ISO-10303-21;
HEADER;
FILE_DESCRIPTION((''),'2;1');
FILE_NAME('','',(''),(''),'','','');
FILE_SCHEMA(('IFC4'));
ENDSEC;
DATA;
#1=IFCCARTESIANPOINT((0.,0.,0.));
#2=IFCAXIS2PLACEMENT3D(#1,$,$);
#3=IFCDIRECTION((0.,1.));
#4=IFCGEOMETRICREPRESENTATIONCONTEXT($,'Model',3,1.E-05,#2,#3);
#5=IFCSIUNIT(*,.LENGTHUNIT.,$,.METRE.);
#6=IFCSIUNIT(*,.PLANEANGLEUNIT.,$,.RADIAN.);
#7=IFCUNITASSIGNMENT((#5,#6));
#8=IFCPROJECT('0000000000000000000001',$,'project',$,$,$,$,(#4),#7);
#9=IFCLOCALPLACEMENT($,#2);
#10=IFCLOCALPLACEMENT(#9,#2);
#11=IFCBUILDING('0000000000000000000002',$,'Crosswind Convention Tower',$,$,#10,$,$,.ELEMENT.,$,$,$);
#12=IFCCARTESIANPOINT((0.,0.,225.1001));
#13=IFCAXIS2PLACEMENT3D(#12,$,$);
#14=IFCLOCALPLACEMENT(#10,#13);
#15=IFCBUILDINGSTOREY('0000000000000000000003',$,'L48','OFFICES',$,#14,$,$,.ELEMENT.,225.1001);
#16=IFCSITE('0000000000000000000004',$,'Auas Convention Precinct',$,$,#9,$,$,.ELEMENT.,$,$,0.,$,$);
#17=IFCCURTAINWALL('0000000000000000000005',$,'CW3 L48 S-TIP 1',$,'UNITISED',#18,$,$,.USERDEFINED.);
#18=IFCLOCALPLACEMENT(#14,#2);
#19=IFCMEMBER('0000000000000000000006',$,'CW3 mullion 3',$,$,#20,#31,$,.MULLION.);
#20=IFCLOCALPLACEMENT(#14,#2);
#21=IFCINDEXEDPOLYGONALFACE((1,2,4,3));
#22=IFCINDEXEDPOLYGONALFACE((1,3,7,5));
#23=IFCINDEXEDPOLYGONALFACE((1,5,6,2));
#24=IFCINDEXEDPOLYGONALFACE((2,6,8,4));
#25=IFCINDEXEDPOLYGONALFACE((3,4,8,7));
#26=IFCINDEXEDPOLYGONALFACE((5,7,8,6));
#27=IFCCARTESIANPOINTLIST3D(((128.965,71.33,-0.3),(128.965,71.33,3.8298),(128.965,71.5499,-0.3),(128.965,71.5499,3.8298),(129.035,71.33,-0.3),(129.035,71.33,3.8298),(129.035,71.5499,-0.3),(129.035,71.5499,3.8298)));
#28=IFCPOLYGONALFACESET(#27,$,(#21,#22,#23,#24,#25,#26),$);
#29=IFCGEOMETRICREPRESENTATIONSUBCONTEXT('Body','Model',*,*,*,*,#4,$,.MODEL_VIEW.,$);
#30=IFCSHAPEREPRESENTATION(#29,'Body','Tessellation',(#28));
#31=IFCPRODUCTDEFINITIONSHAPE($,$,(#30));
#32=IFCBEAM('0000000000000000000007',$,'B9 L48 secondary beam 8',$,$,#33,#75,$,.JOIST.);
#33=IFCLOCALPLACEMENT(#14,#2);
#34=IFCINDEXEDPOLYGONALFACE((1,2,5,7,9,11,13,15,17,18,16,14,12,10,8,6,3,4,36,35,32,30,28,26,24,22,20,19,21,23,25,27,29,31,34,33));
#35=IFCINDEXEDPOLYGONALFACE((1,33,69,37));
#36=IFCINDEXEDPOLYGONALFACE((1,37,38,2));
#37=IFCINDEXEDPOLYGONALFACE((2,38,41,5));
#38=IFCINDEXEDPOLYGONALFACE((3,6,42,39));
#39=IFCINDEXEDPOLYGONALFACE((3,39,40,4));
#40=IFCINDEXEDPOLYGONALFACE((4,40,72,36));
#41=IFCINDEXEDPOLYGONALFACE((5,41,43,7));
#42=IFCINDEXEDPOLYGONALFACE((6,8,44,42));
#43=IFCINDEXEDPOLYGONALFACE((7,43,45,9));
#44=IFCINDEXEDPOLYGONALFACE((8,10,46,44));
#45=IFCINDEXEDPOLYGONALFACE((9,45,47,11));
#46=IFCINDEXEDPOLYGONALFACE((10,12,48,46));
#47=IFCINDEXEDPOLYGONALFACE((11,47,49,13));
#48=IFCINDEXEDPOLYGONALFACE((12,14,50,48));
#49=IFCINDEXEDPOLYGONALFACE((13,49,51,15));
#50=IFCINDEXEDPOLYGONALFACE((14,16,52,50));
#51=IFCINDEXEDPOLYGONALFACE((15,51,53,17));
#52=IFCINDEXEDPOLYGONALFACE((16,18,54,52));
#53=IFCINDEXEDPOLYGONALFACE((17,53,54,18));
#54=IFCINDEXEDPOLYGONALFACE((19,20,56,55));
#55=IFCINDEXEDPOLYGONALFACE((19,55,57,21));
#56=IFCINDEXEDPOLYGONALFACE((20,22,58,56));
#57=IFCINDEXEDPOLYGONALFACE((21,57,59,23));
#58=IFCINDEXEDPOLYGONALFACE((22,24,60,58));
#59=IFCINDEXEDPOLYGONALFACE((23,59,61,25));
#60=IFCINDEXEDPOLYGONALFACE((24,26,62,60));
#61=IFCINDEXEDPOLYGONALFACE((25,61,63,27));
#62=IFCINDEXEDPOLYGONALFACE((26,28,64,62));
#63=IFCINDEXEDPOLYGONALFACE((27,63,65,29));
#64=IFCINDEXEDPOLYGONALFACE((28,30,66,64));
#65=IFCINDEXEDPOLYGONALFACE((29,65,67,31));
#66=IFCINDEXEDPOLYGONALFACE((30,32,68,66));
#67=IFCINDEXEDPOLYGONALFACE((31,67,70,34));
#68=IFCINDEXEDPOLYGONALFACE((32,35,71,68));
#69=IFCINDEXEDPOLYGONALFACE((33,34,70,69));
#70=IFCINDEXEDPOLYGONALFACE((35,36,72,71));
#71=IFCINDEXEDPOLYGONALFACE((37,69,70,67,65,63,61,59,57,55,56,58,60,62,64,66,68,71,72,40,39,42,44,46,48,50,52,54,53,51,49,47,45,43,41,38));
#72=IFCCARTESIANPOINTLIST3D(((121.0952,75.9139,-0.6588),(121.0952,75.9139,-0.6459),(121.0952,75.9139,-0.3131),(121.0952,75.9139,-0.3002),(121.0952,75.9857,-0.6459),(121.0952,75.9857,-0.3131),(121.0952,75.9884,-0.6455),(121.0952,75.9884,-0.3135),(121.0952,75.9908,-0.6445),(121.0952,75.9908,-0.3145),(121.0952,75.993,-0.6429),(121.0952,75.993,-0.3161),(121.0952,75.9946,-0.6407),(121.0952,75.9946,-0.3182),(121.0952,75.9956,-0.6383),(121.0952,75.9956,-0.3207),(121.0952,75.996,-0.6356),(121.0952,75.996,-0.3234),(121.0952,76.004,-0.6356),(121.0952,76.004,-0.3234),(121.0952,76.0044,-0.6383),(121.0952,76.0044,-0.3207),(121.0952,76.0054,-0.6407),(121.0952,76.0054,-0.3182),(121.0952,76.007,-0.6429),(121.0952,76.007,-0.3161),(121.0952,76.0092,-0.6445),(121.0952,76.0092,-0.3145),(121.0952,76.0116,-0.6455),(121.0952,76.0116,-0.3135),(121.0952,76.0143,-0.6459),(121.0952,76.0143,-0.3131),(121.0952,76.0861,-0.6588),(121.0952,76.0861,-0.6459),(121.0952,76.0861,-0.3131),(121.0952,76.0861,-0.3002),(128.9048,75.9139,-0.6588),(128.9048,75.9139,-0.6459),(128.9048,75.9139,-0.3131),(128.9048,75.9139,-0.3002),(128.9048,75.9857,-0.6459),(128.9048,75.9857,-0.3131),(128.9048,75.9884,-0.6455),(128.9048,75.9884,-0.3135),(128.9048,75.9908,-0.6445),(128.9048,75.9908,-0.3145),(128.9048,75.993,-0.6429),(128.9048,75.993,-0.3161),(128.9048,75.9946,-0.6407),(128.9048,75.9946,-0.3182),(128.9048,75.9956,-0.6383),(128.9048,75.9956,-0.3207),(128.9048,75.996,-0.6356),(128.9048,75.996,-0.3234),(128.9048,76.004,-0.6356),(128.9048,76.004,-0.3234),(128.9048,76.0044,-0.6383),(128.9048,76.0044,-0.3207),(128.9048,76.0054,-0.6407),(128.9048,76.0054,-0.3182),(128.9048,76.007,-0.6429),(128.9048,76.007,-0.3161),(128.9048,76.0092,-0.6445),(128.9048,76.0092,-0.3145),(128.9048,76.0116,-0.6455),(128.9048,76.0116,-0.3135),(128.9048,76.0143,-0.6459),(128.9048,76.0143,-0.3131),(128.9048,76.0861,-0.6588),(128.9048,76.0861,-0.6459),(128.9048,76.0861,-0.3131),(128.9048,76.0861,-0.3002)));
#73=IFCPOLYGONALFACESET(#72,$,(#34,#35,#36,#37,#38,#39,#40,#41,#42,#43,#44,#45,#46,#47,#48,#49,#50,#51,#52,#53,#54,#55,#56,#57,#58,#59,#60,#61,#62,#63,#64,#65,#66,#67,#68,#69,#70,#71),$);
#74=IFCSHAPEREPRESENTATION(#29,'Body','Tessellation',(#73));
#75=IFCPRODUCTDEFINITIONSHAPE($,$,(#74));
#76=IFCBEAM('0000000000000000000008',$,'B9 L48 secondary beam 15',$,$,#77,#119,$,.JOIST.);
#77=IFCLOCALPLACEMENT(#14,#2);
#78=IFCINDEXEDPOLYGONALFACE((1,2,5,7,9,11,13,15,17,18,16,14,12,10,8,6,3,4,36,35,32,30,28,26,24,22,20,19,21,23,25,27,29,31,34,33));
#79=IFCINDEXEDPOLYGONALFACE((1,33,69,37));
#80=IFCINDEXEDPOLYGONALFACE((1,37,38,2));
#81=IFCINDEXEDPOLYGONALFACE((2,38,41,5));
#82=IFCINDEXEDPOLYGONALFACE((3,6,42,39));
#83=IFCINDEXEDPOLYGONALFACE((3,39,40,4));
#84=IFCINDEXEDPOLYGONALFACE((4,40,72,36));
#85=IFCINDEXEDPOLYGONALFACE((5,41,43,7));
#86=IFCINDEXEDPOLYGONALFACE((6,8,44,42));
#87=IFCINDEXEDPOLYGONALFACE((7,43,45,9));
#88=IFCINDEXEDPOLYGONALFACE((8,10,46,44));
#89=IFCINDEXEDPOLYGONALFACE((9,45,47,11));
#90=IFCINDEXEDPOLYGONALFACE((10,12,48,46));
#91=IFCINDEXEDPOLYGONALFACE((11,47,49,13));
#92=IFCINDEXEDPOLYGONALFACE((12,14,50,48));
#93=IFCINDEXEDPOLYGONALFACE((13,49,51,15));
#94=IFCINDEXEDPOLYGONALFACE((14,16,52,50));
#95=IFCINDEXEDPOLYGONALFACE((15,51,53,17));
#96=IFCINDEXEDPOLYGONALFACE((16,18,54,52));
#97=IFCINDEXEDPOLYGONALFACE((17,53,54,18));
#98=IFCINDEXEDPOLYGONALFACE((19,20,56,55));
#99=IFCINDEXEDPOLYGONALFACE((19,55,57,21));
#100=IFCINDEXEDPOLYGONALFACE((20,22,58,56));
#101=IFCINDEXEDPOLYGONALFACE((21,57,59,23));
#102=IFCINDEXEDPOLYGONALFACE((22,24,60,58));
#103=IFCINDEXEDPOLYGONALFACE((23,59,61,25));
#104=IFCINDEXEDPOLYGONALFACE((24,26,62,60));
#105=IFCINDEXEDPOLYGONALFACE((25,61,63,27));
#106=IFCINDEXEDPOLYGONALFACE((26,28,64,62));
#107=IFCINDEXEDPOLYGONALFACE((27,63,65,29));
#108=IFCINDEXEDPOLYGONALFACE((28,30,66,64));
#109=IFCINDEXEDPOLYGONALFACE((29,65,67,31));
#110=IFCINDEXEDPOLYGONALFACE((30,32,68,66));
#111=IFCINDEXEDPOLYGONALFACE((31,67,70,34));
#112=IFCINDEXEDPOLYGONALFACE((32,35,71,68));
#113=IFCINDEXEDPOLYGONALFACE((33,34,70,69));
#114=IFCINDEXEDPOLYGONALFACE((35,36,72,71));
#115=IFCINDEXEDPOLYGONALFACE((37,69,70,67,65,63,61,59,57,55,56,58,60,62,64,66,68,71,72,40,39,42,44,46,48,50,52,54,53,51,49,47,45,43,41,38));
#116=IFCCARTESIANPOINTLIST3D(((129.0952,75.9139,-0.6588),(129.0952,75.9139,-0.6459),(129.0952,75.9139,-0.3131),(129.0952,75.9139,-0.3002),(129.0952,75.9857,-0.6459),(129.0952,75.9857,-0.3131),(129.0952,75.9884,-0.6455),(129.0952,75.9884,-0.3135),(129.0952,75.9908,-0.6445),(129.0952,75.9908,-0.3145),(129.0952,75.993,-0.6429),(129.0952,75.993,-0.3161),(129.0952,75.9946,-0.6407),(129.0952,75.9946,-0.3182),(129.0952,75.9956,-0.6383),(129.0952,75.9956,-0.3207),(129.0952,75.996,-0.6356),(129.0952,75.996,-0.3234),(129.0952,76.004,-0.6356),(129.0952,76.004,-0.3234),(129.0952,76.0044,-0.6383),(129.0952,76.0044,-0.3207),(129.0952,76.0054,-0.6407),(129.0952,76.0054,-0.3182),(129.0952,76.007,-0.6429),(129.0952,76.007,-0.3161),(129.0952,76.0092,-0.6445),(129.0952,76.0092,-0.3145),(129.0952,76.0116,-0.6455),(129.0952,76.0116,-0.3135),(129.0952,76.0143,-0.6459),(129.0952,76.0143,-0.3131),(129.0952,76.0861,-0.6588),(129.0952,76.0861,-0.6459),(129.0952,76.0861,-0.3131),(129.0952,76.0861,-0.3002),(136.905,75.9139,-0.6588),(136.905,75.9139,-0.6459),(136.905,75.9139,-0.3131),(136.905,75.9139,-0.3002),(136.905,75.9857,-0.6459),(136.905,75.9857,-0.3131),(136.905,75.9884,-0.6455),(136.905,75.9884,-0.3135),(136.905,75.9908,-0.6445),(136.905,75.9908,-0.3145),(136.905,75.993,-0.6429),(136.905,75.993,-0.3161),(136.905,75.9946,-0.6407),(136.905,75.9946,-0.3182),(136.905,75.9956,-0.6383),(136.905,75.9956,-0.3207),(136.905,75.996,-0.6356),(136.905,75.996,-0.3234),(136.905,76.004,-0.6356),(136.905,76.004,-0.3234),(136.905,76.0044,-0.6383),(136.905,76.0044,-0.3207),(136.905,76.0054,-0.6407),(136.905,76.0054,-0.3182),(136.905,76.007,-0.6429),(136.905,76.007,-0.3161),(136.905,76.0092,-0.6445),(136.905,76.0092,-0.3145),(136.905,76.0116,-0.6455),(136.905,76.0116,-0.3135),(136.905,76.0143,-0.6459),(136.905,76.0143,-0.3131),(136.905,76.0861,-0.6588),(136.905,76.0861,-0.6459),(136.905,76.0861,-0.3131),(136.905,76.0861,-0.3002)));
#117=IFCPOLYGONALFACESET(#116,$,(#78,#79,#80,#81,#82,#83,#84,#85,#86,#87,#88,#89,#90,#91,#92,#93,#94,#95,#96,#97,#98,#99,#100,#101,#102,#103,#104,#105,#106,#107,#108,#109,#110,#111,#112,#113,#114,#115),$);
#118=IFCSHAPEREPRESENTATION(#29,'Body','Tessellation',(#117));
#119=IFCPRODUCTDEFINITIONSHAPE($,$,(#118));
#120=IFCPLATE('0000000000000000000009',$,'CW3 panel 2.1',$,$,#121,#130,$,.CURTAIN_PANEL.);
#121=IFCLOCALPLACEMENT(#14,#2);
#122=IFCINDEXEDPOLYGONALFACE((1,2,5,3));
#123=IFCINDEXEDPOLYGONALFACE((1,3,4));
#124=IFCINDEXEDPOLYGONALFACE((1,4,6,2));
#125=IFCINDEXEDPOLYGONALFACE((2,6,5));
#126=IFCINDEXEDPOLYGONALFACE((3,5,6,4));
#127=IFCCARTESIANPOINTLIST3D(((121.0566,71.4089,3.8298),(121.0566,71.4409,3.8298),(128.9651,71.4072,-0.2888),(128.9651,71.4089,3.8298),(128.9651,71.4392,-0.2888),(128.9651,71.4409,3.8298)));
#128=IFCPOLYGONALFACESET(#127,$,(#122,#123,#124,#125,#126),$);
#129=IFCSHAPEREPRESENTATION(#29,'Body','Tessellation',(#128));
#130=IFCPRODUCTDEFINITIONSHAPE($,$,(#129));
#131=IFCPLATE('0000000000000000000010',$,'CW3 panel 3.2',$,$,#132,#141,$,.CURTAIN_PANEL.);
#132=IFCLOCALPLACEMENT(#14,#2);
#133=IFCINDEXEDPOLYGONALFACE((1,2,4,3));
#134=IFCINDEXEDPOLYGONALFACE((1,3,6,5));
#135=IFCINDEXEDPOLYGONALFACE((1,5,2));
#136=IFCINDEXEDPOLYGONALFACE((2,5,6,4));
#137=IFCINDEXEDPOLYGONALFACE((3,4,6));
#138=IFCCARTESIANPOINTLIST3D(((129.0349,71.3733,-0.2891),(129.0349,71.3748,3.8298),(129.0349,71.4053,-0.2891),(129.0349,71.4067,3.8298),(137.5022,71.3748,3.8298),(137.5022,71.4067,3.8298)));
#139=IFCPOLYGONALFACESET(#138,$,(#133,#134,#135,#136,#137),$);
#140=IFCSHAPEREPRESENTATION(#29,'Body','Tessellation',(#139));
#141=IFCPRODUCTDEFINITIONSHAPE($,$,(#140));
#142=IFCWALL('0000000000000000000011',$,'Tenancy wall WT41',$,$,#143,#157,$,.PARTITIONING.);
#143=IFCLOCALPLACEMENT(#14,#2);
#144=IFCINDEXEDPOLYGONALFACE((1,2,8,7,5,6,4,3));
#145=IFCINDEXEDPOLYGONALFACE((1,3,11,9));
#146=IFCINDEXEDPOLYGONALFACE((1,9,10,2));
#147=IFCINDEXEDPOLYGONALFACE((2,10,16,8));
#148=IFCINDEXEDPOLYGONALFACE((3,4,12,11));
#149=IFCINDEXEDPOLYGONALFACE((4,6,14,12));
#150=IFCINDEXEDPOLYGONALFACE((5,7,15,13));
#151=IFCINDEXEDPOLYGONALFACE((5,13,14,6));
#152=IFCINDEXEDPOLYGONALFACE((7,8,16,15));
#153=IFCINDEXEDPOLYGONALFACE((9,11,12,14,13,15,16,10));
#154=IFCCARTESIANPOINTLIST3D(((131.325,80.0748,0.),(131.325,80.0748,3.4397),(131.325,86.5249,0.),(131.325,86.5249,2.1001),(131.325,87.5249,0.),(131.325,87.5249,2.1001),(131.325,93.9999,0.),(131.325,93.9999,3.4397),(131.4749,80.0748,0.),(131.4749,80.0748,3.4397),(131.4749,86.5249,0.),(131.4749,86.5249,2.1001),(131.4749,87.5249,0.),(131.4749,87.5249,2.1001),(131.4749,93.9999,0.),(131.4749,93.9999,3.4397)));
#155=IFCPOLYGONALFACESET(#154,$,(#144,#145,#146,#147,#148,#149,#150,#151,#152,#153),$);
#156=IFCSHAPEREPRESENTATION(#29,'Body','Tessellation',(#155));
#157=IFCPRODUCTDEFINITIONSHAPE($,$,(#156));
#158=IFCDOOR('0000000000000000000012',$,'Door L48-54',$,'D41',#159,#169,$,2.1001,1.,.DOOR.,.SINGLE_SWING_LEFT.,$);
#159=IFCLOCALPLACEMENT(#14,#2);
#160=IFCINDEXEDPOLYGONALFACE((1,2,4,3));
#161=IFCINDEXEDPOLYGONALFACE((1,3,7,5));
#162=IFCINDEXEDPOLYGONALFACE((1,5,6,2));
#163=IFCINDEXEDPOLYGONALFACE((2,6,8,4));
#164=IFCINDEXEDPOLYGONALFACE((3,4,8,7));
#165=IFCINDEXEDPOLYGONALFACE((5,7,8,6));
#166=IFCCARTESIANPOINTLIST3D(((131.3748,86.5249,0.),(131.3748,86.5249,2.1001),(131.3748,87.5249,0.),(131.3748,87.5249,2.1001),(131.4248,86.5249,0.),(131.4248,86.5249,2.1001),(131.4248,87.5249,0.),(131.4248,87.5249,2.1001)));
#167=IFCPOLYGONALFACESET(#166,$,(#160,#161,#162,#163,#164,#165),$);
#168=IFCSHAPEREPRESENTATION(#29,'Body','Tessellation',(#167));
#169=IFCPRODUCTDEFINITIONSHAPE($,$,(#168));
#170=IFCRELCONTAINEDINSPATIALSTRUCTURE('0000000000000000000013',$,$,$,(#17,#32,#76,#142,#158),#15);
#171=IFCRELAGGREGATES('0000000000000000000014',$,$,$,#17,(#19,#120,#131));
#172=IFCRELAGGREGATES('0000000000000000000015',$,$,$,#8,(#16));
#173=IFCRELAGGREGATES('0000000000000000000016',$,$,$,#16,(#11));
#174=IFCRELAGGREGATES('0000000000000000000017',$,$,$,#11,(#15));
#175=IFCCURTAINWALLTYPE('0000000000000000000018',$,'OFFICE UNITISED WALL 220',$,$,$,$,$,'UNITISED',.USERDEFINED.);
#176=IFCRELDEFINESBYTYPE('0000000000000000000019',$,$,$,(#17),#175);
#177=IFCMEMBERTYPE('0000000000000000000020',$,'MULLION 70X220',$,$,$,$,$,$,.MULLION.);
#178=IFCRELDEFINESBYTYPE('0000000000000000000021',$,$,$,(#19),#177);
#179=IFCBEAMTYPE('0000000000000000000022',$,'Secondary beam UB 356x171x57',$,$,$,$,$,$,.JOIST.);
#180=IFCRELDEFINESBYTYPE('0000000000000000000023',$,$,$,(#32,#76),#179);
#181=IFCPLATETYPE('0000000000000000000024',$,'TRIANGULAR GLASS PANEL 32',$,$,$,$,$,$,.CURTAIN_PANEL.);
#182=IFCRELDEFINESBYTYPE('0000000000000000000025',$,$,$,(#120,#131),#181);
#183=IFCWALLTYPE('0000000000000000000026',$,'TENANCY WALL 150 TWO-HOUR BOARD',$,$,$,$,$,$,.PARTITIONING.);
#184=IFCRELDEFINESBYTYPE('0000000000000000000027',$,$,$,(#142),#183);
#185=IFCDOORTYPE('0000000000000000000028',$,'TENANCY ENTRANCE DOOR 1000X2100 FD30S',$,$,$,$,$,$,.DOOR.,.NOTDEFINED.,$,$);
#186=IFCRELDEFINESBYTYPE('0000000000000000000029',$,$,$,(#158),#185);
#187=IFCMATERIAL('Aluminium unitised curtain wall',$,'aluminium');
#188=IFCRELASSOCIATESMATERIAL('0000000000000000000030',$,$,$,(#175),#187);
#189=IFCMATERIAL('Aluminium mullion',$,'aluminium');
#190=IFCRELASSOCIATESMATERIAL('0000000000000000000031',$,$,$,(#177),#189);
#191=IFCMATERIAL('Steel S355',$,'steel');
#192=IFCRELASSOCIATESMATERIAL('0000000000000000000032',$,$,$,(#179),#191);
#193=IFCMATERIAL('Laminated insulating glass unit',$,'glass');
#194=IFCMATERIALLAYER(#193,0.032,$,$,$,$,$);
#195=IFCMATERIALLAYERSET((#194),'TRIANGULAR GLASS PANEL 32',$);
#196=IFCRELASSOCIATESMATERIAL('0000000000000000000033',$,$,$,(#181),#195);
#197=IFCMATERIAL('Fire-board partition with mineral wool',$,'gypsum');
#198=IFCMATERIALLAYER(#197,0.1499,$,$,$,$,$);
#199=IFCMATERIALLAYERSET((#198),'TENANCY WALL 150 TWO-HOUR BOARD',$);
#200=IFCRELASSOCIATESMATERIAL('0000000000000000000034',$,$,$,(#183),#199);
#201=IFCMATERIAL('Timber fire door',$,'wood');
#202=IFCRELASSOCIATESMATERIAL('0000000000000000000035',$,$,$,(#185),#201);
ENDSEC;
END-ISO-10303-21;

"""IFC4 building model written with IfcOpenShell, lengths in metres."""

from ifc_helpers import new_model, si_unit, direction, frame, frame_2d, origin, origin_2d, place, context, subcontext, project, spatial, polyline, rectangle, i_section, outline, extrude, material, layer, layer_set, material_profile, profile_set, type_object, element, fill, aggregate, save


model = new_model("IFC4")

# Units and contexts
model_context = context("Model", 3, precision=1e-05, world=origin(), true_north=direction((0.0, 1.0)))
body_context = subcontext(model_context, "Body", "Model", "MODEL_VIEW")
ifc_project = project(units=[si_unit("LENGTHUNIT", "METRE"), si_unit("PLANEANGLEUNIT", "RADIAN")], contexts=[model_context])

# Site, building, storey
site_placement = place(None, origin())
site = spatial("IfcSite", under=ifc_project, at=site_placement, Name="Auas Convention Precinct", CompositionType="ELEMENT", RefElevation=0.0)
building_placement = place(site_placement, origin())
building = spatial("IfcBuilding", under=site, at=building_placement, Name="Crosswind Convention Tower", CompositionType="ELEMENT")
storey_placement = place(building_placement, frame((0.0, 0.0, 225.1001)))
storey = spatial("IfcBuildingStorey", under=building, at=storey_placement, Name="L48", Description="OFFICES", CompositionType="ELEMENT", Elevation=225.1001)

# Shared definitions
ifc_material_1 = material(Name="Steel S355", Category="steel")

# Curtain wall, member
ifc_material_2 = material(Name="Aluminium unitised curtain wall", Category="aluminium")
curtain_wall_type = type_object("IfcCurtainWallType", Name="OFFICE UNITISED WALL 220", ElementType="UNITISED", PredefinedType="USERDEFINED", material=ifc_material_2)
curtain_wall_placement = place(storey_placement, origin())
curtain_wall = element("IfcCurtainWall", 1, at=curtain_wall_placement, inside=storey, type_object=curtain_wall_type, Name="CW3 L48 S-TIP 1", ObjectType="UNITISED", PredefinedType="USERDEFINED")
ifc_material_3 = material(Name="Aluminium mullion", Category="aluminium")
ifc_material_profile_1 = material_profile(ifc_material_3, rectangle(XDim=0.22, YDim=0.0701, at=origin_2d()), Name="AL 220X70")
ifc_profile_set_1 = profile_set([ifc_material_profile_1], Name="Aluminium mullion")
member_type = type_object("IfcMemberType", Name="MULLION 70X220", PredefinedType="MULLION", material=ifc_profile_set_1)
member_placement = place(storey_placement, frame((129.0, 71.4399, -0.3), z_axis=(0.0, 0.0, 1.0), x_axis=(0.0, -1.0, 0.0)))
member = element("IfcMember", 2, at=member_placement, type_object=member_type, Name="CW3 mullion 3", PredefinedType="MULLION", context=body_context, shape_type="SweptSolid", body=[
    extrude(rectangle(XDim=0.22, YDim=0.0701, at=origin_2d()), origin(), (0.0, 0.0, 1.0), 4.1299),
])

# Beams
ifc_material_profile_2 = material_profile(ifc_material_1, i_section(OverallWidth=0.1721, OverallDepth=0.3586, WebThickness=0.0081, FlangeThickness=0.0129, FilletRadius=0.0103, at=origin_2d()), Name="UB 356x171x57")
ifc_profile_set_2 = profile_set([ifc_material_profile_2], Name="Steel S355")
beam_type_1 = type_object("IfcBeamType", Name="Secondary beam UB 356x171x57", PredefinedType="JOIST", material=ifc_profile_set_2)
beam_1_placement = place(storey_placement, frame((121.0952, 76.0, -0.4795), z_axis=(1.0, 0.0, 0.0), x_axis=(0.0, 1.0, 0.0)))
element("IfcBeam", 3, at=beam_1_placement, inside=storey, type_object=beam_type_1, Name="B9 L48 secondary beam 8", PredefinedType="JOIST", context=body_context, shape_type="SweptSolid", body=[
    extrude(i_section(OverallWidth=0.1721, OverallDepth=0.3586, WebThickness=0.0081, FlangeThickness=0.0129, FilletRadius=0.0103, at=origin_2d()), origin(), (0.0, 0.0, 1.0), 7.8096),
])
beam_2_placement = place(storey_placement, frame((129.0952, 76.0, -0.4795), z_axis=(1.0, 0.0, 0.0), x_axis=(0.0, 1.0, 0.0)))
element("IfcBeam", 4, at=beam_2_placement, inside=storey, type_object=beam_type_1, Name="B9 L48 secondary beam 15", PredefinedType="JOIST", context=body_context, shape_type="SweptSolid", body=[
    extrude(i_section(OverallWidth=0.1721, OverallDepth=0.3586, WebThickness=0.0081, FlangeThickness=0.0129, FilletRadius=0.0103, at=origin_2d()), origin(), (0.0, 0.0, 1.0), 7.8098),
])

# Plates
ifc_material_4 = material(Name="Laminated insulating glass unit", Category="glass")
ifc_layer_1 = layer(ifc_material_4, 0.032)
ifc_layer_set_1 = layer_set([ifc_layer_1], Name="TRIANGULAR GLASS PANEL 32")
plate_type = type_object("IfcPlateType", Name="TRIANGULAR GLASS PANEL 32", PredefinedType="CURTAIN_PANEL", material=ifc_layer_set_1)
plate_1_placement = place(storey_placement, frame((128.9651, 71.4089, 3.8298), z_axis=(0.0, -1.0, 0.000415), x_axis=(-1.0, 0.0, 0.0)))
plate_1 = element("IfcPlate", 5, at=plate_1_placement, type_object=plate_type, Name="CW3 panel 2.1", PredefinedType="CURTAIN_PANEL", context=body_context, shape_type="SweptSolid", body=[
    extrude(outline(polyline([(0.0, 0.0), (7.9084, 0.0), (0.0, 4.1187), (0.0, 0.0)])), origin(), (0.0, 0.0, -1.0), 0.032),
])
plate_2_placement = place(storey_placement, frame((129.0349, 71.3748, 3.8298), z_axis=(0.0, -1.0, 0.000356), x_axis=(0.0, -0.000356, -1.0)))
plate_2 = element("IfcPlate", 6, at=plate_2_placement, type_object=plate_type, Name="CW3 panel 3.2", PredefinedType="CURTAIN_PANEL", context=body_context, shape_type="SweptSolid", body=[
    extrude(outline(polyline([(0.0, 0.0), (4.1189, 0.0), (0.0, 8.4673), (0.0, 0.0)])), origin(), (0.0, 0.0, -1.0), 0.032),
])
aggregate(curtain_wall, [member, plate_1, plate_2])

# Wall, opening, door
ifc_material_5 = material(Name="Fire-board partition with mineral wool", Category="gypsum")
ifc_layer_2 = layer(ifc_material_5, 0.1499)
ifc_layer_set_2 = layer_set([ifc_layer_2], Name="TENANCY WALL 150 TWO-HOUR BOARD")
wall_type = type_object("IfcWallType", Name="TENANCY WALL 150 TWO-HOUR BOARD", PredefinedType="PARTITIONING", material=ifc_layer_set_2)
wall_placement = place(storey_placement, frame((131.3999, 80.075, 0.0), z_axis=(0.0, 0.0, 1.0), x_axis=(0.0, 1.0, 0.0)))
wall = element("IfcWall", 7, at=wall_placement, inside=storey, type_object=wall_type, Name="Tenancy wall WT41", PredefinedType="PARTITIONING", context=body_context, shape_type="SweptSolid", body=[
    extrude(rectangle(XDim=13.925, YDim=0.1499, at=frame_2d((6.9624, 0.0))), origin(), (0.0, 0.0, 1.0), 3.4397),
])
opening_placement = place(wall_placement, frame((6.45, 0.0, 0.0)))
opening = element("IfcOpeningElement", 8, at=opening_placement, cuts=wall, PredefinedType="OPENING", context=body_context, shape_type="SweptSolid", body=[
    extrude(rectangle(XDim=1.0, YDim=2.1001, at=frame_2d((0.5, 1.05))), frame((0.0, 0.085, 0.0), z_axis=(0.0, -1.0, 0.0), x_axis=(1.0, 0.0, 0.0)), (0.0, 0.0, 1.0), 0.1699),
])
ifc_material_6 = material(Name="Timber fire door", Category="wood")
door_type = type_object("IfcDoorType", Name="TENANCY ENTRANCE DOOR 1000X2100 FD30S", OperationType="NOTDEFINED", PredefinedType="DOOR", material=ifc_material_6)
door_placement = place(opening_placement, frame((1.0, 0.0, 0.0), z_axis=(0.0, 0.0, 1.0), x_axis=(-1.0, 0.0, 0.0)))
door = element("IfcDoor", 9, at=door_placement, inside=storey, type_object=door_type, Name="Door L48-54", ObjectType="D41", OperationType="SINGLE_SWING_LEFT", OverallHeight=2.1001, OverallWidth=1.0, PredefinedType="DOOR", context=body_context, shape_type="SweptSolid", body=[
    extrude(rectangle(XDim=1.0, YDim=2.1001, at=frame_2d((0.5, 1.05))), frame((0.0, 0.0249, 0.0), z_axis=(0.0, -1.0, 0.0), x_axis=(1.0, 0.0, 0.0)), (0.0, 0.0, 1.0), 0.05),
])
fill(opening, door)

save(model, "model.ifc")
